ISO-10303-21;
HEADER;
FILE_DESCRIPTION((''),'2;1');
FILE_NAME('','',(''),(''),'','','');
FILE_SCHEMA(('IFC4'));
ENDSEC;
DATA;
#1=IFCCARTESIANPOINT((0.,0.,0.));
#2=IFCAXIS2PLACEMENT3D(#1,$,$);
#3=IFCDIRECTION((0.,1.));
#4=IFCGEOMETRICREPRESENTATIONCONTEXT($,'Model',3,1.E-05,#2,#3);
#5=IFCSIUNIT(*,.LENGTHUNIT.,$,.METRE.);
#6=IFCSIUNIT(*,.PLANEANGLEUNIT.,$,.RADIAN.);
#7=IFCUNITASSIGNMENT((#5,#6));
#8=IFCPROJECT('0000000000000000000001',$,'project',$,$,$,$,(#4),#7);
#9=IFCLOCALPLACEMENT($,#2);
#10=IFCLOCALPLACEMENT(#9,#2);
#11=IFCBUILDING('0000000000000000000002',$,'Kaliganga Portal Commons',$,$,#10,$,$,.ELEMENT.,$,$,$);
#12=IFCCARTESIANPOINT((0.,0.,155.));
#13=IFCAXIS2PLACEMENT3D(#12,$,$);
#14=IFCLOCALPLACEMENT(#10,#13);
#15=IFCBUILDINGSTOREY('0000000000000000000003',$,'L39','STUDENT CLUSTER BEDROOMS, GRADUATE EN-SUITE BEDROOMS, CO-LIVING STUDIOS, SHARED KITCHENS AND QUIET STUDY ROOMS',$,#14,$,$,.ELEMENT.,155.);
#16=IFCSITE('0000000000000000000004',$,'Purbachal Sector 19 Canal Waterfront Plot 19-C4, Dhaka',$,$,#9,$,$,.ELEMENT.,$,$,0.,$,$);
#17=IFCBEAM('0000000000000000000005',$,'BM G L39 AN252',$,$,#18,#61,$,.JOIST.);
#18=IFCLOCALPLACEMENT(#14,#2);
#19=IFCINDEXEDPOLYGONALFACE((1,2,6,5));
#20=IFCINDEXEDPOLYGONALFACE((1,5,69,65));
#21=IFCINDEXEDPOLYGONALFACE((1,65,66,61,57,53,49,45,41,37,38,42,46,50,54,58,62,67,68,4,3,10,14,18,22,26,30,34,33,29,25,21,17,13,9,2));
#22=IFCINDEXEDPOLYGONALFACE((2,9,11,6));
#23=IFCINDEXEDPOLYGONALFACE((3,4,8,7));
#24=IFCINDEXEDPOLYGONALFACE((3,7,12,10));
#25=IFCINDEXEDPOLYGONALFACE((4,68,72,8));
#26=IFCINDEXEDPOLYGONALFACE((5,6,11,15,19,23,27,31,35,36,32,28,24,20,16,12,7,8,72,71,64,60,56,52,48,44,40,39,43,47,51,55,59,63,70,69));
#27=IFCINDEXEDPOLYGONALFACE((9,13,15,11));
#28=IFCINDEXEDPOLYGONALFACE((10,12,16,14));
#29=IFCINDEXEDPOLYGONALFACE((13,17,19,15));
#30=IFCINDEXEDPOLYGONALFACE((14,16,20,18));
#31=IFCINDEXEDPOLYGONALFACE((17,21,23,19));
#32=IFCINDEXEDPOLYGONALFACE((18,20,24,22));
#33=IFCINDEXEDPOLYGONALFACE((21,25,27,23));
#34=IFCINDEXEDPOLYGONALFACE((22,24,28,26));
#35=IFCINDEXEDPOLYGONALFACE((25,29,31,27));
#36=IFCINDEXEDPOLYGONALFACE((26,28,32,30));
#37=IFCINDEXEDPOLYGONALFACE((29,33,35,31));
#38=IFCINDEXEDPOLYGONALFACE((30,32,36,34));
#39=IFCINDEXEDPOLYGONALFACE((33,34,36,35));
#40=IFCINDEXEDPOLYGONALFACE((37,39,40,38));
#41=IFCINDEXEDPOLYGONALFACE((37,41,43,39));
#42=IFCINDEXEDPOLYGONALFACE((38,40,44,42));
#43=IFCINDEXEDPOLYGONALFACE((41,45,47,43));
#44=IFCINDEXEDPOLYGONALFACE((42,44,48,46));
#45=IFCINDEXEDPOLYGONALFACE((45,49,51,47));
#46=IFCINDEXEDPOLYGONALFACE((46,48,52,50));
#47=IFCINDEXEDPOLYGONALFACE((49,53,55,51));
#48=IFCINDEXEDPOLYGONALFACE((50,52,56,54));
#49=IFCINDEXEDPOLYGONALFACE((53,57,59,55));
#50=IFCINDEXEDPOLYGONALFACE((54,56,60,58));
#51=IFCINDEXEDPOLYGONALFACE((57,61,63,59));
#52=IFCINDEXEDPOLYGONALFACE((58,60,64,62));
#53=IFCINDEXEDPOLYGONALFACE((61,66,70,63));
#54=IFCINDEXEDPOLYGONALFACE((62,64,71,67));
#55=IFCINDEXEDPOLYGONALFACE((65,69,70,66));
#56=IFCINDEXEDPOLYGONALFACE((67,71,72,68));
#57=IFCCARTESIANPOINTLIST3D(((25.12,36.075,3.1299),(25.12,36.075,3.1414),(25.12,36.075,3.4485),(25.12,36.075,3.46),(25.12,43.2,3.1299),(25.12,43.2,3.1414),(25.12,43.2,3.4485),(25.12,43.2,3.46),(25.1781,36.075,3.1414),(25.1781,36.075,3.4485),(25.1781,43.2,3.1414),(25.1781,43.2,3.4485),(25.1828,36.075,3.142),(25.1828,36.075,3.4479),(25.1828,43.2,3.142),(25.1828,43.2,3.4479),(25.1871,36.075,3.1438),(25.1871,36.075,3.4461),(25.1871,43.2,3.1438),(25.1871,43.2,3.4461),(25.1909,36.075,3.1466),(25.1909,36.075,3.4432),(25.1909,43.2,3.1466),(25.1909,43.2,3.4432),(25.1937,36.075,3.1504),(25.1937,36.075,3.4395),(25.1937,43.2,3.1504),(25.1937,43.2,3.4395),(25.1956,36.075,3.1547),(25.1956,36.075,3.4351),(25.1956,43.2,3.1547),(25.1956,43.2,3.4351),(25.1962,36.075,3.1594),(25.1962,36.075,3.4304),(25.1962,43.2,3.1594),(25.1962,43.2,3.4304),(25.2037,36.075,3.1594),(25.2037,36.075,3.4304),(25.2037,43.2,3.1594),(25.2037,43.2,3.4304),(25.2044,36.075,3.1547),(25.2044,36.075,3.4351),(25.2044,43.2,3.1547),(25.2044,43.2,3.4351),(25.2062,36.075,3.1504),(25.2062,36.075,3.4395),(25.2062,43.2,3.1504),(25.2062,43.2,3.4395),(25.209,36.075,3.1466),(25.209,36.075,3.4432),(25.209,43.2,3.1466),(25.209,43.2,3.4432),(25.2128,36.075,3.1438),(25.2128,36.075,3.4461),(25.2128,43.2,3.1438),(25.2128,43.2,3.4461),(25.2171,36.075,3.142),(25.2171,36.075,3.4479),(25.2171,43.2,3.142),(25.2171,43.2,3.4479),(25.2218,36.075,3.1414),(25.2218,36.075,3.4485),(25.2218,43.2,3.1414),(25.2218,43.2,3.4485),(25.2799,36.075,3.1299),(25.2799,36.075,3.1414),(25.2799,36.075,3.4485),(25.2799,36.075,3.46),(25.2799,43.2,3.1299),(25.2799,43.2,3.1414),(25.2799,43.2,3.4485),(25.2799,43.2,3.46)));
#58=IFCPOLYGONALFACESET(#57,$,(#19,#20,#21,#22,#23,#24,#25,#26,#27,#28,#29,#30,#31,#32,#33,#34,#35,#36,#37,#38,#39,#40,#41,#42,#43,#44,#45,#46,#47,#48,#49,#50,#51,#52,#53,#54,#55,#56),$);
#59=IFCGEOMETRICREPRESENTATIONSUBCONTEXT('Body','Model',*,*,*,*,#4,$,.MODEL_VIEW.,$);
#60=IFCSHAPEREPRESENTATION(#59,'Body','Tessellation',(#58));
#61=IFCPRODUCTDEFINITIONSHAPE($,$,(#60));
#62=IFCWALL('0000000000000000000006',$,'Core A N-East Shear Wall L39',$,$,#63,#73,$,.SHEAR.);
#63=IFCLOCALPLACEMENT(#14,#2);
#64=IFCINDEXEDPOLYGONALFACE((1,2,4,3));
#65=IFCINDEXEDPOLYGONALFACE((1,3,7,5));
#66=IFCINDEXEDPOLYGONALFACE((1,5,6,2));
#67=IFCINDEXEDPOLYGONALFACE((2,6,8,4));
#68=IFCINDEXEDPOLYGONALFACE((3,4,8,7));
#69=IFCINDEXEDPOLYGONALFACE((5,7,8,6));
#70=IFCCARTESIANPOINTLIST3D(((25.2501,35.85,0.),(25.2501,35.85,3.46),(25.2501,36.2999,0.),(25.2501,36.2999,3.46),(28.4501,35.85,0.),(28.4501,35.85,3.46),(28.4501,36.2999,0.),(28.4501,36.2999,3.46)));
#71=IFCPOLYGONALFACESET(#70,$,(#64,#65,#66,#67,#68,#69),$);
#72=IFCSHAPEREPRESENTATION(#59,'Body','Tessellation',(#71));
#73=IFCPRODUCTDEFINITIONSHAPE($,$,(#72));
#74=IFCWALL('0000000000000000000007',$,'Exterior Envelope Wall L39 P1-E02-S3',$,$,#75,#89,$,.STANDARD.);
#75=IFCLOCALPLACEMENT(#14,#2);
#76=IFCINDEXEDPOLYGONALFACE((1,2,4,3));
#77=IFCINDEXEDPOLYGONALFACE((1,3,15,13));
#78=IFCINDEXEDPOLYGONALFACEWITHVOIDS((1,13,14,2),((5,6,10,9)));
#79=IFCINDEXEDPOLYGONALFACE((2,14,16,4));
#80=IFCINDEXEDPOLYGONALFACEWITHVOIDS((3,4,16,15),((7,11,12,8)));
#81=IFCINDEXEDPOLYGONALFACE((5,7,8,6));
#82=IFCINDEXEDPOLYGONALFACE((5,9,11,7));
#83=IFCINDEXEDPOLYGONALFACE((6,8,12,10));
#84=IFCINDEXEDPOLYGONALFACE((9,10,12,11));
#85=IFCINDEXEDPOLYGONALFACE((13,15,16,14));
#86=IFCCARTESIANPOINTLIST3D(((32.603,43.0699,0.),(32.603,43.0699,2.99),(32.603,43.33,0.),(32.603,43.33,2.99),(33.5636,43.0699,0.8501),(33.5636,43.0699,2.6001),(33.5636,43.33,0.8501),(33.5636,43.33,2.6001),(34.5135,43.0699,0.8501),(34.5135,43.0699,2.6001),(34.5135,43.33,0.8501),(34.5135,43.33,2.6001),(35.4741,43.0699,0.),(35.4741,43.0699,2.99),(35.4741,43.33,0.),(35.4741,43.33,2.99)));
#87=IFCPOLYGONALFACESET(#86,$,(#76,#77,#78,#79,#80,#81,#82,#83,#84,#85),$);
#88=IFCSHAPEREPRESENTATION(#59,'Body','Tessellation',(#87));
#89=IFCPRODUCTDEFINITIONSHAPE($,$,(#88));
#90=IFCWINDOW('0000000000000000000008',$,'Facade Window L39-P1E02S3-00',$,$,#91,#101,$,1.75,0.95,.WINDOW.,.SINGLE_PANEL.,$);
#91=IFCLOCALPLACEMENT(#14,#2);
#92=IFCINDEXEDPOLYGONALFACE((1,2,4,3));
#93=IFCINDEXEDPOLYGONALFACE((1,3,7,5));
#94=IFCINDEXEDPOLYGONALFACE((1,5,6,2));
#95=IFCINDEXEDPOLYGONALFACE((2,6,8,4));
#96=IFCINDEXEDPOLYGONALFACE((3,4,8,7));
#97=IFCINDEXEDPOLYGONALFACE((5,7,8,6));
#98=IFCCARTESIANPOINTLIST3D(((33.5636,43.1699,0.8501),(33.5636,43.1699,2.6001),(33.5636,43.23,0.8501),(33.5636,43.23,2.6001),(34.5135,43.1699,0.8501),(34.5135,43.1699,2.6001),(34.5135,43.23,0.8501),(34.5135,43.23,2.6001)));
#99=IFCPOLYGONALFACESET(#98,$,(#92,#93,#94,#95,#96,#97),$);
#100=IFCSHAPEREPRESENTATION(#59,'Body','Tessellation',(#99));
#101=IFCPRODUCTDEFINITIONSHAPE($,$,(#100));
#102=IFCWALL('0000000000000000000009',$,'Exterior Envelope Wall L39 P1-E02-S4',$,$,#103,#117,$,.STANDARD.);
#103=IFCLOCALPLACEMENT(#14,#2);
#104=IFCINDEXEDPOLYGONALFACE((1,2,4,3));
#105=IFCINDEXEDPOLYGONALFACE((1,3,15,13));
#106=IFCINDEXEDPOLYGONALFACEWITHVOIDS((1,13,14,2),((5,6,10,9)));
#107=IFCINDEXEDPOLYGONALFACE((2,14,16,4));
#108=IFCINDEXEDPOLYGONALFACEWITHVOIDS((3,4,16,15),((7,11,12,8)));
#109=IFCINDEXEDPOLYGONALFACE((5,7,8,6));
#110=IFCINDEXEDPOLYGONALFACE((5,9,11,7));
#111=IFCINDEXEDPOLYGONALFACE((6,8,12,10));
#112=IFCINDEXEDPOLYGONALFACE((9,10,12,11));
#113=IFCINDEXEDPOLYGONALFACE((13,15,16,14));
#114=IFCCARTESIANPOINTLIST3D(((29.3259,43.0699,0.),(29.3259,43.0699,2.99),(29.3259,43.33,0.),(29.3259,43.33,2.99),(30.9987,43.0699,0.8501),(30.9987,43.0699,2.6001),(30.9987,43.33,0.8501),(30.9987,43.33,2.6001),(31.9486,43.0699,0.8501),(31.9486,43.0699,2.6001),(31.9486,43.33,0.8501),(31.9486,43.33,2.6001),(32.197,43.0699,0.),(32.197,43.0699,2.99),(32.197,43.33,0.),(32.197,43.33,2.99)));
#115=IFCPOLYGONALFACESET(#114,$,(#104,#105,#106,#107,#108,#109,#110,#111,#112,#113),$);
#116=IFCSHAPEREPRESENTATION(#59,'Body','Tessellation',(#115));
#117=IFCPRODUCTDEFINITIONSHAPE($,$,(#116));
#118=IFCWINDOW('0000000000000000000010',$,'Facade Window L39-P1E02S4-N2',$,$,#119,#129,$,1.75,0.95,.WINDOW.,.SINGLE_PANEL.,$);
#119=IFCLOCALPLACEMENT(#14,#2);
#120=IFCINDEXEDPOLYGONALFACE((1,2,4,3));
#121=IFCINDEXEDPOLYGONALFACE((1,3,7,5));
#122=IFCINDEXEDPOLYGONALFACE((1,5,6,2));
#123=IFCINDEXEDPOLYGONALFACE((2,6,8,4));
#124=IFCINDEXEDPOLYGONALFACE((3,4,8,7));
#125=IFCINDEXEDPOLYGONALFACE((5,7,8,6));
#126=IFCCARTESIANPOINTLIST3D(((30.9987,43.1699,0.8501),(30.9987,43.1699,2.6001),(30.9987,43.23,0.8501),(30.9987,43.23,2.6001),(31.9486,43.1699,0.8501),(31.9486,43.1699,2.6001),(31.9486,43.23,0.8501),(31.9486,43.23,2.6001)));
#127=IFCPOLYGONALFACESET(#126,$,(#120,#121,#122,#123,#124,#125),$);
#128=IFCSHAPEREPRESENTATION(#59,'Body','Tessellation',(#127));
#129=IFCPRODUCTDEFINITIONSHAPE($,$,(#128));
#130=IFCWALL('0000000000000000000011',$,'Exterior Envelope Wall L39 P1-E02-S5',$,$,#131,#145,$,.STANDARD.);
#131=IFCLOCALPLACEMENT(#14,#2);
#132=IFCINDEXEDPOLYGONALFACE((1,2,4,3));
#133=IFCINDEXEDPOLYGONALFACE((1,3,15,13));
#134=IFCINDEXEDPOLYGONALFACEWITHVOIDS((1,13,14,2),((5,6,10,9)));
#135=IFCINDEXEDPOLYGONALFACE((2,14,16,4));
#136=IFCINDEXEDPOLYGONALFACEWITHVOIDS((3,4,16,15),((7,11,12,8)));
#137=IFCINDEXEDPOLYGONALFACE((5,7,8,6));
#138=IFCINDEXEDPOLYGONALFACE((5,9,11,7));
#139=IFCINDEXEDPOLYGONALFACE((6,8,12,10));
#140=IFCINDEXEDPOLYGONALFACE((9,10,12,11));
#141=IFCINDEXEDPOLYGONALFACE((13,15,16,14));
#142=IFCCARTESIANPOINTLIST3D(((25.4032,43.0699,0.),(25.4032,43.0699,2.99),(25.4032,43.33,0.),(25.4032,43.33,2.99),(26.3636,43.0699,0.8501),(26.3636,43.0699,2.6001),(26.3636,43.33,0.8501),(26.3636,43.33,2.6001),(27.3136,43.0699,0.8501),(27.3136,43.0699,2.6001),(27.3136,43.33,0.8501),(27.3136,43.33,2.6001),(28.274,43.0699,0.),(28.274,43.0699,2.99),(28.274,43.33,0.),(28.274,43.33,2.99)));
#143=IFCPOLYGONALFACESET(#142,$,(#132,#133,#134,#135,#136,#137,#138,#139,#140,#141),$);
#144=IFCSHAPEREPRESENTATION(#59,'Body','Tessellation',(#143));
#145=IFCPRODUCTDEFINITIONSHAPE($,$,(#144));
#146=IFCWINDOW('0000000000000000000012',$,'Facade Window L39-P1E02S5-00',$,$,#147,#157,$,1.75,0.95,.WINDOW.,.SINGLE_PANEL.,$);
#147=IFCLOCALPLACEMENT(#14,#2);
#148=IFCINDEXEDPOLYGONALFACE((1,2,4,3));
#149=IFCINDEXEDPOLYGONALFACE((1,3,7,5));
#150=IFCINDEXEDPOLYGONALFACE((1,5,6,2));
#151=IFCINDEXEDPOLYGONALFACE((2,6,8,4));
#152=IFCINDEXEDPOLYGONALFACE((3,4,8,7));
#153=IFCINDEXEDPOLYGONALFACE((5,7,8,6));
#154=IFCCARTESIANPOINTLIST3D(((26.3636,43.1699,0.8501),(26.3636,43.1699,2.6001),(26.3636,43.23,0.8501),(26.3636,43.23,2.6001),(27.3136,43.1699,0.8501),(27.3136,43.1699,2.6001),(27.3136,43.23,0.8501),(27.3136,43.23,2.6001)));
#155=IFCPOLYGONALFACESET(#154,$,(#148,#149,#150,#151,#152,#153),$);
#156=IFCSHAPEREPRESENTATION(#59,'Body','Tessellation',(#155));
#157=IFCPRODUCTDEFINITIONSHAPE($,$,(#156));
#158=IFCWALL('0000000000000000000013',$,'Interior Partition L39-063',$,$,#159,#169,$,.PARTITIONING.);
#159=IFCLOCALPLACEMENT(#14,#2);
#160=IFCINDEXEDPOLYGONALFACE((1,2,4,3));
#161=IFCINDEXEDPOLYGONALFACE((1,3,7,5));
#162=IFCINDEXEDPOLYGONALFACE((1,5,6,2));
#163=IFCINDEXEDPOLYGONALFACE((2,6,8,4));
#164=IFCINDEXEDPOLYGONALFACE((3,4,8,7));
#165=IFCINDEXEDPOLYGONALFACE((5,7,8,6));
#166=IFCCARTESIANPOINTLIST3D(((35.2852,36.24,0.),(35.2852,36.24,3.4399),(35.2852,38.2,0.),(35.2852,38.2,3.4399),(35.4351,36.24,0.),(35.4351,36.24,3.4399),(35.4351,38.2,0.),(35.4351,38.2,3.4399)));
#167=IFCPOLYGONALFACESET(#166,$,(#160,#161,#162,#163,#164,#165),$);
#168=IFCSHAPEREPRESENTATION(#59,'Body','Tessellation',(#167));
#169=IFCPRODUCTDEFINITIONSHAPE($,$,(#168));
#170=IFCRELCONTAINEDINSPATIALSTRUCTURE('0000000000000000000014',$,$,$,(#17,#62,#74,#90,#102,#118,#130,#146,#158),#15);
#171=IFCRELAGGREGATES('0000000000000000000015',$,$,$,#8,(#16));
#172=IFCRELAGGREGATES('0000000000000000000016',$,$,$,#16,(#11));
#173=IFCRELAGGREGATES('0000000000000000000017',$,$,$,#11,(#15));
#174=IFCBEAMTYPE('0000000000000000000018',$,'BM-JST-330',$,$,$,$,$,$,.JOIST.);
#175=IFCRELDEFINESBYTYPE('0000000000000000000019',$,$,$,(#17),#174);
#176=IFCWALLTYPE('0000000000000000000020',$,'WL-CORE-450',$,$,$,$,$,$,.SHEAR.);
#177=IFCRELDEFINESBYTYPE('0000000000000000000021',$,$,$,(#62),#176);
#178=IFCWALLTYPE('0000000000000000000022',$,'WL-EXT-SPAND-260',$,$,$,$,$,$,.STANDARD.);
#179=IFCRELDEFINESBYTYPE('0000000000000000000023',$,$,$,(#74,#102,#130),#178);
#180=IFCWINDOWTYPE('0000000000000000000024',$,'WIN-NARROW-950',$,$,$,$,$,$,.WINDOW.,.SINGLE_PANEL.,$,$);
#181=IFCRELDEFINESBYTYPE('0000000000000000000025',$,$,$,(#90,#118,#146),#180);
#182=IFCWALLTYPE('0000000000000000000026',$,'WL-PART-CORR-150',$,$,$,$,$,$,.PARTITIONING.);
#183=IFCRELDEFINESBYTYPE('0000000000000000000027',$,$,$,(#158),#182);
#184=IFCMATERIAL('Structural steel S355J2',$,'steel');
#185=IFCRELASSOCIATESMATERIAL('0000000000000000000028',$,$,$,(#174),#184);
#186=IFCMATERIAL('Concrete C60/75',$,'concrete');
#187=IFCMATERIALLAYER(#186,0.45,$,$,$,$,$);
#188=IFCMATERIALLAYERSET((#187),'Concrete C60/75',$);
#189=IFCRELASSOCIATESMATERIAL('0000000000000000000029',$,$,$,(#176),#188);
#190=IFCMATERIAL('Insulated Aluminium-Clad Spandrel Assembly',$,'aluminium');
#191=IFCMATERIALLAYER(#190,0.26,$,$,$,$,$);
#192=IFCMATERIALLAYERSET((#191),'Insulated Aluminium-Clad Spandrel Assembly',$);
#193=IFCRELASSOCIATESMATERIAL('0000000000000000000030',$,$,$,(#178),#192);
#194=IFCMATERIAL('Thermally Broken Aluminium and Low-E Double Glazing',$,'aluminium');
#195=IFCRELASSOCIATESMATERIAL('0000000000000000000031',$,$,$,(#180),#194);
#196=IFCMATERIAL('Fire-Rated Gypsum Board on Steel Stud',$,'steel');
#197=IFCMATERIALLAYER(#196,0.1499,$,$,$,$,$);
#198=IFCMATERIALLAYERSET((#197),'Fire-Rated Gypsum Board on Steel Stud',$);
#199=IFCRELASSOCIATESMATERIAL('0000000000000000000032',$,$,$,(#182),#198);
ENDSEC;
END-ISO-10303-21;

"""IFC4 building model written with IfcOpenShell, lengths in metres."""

from ifc_helpers import new_model, si_unit, direction, frame, frame_2d, origin, origin_2d, place, context, subcontext, project, spatial, rectangle, i_section, extrude, source, transform, mapped, material, layer, layer_set, material_profile, profile_set, type_object, element, fill, save


model = new_model("IFC4")

# Units and contexts
model_context = context("Model", 3, precision=1e-05, world=origin(), true_north=direction((0.0, 1.0)))
body_context = subcontext(model_context, "Body", "Model", "MODEL_VIEW")
ifc_project = project(units=[si_unit("LENGTHUNIT", "METRE"), si_unit("PLANEANGLEUNIT", "RADIAN")], contexts=[model_context])

# Site, building, storey
site_placement = place(None, origin())
site = spatial("IfcSite", under=ifc_project, at=site_placement, Name="Purbachal Sector 19 Canal Waterfront Plot 19-C4, Dhaka", CompositionType="ELEMENT", RefElevation=0.0)
building_placement = place(site_placement, origin())
building = spatial("IfcBuilding", under=site, at=building_placement, Name="Kaliganga Portal Commons", CompositionType="ELEMENT")
storey_placement = place(building_placement, frame((0.0, 0.0, 155.0)))
storey = spatial("IfcBuildingStorey", under=building, at=storey_placement, Name="L39", Description="STUDENT CLUSTER BEDROOMS, GRADUATE EN-SUITE BEDROOMS, CO-LIVING STUDIOS, SHARED KITCHENS AND QUIET STUDY ROOMS", CompositionType="ELEMENT", Elevation=155.0)

# Shared definitions
ifc_material_1 = material(Name="Concrete C60/75", Category="concrete")

# Beam
ifc_material_2 = material(Name="Structural steel S355J2", Category="steel")
ifc_material_profile_1 = material_profile(ifc_material_2, i_section(OverallWidth=0.1599, OverallDepth=0.3301, WebThickness=0.0076, FlangeThickness=0.0115, FilletRadius=0.0181, at=origin_2d()), Name="IPE 330")
ifc_profile_set_1 = profile_set([ifc_material_profile_1], Name="Structural steel S355J2 wide-flange")
beam_type_1 = type_object("IfcBeamType", Name="BM-JST-330", PredefinedType="JOIST", material=ifc_profile_set_1)
shared_shape_1 = source(origin(), body_context, "Body", "SweptSolid", [
    extrude(i_section(OverallWidth=0.1599, OverallDepth=0.3301, WebThickness=0.0076, FlangeThickness=0.0115, FilletRadius=0.0181, at=origin_2d()), origin(), (0.0, 0.0, 1.0), 7.125),
])
beam_1_placement = place(storey_placement, frame((25.2, 36.075, 3.2949), z_axis=(0.0, 1.0, 0.0), x_axis=(-1.0, 0.0, 0.0)))
element("IfcBeam", 1, at=beam_1_placement, inside=storey, type_object=beam_type_1, Name="BM G L39 AN252", PredefinedType="JOIST", context=body_context, shape_type="MappedRepresentation", body=[
    mapped(shared_shape_1, transform((0.0, 0.0, 0.0), x_axis=(1.0, 0.0, 0.0), y_axis=(0.0, 1.0, 0.0), z_axis=(0.0, 0.0, 1.0), scale=1.0)),
])

# Wall
ifc_layer_1 = layer(ifc_material_1, 0.45)
ifc_layer_set_1 = layer_set([ifc_layer_1], Name="Concrete C60/75")
wall_type_1 = type_object("IfcWallType", Name="WL-CORE-450", PredefinedType="SHEAR", material=ifc_layer_set_1)
wall_1_placement = place(storey_placement, frame((25.25, 36.075, 0.0), z_axis=(0.0, 0.0, 1.0), x_axis=(1.0, 0.0, 0.0)))
element("IfcWall", 2, at=wall_1_placement, inside=storey, type_object=wall_type_1, Name="Core A N-East Shear Wall L39", PredefinedType="SHEAR", context=body_context, shape_type="SweptSolid", body=[
    extrude(rectangle(XDim=3.2, YDim=0.45, at=frame_2d((1.6001, 0.0))), origin(), (0.0, 0.0, 1.0), 3.46),
])

# Walls, openings, windows
ifc_material_3 = material(Name="Insulated Aluminium-Clad Spandrel Assembly", Category="aluminium")
ifc_layer_2 = layer(ifc_material_3, 0.26)
ifc_layer_set_2 = layer_set([ifc_layer_2], Name="Insulated Aluminium-Clad Spandrel Assembly")
wall_type_2 = type_object("IfcWallType", Name="WL-EXT-SPAND-260", PredefinedType="STANDARD", material=ifc_layer_set_2)
wall_2_placement = place(storey_placement, frame((32.603, 43.2, 0.0), z_axis=(0.0, 0.0, 1.0), x_axis=(1.0, 0.0, 0.0)))
wall_2 = element("IfcWall", 3, at=wall_2_placement, inside=storey, type_object=wall_type_2, Name="Exterior Envelope Wall L39 P1-E02-S3", PredefinedType="STANDARD", context=body_context, shape_type="SweptSolid", body=[
    extrude(rectangle(XDim=2.8711, YDim=0.26, at=frame_2d((1.4355, 0.0))), origin(), (0.0, 0.0, 1.0), 2.99),
])
opening_1_placement = place(wall_2_placement, frame((0.9604, 0.0, 0.8501)))
opening_1 = element("IfcOpeningElement", 4, at=opening_1_placement, cuts=wall_2, PredefinedType="OPENING", context=body_context, shape_type="SweptSolid", body=[
    extrude(rectangle(XDim=0.95, YDim=1.75, at=frame_2d((0.4751, 0.875))), frame((0.0, 0.1401, 0.0), z_axis=(0.0, -1.0, 0.0), x_axis=(1.0, 0.0, 0.0)), (0.0, 0.0, 1.0), 0.28),
])
ifc_material_4 = material(Name="Thermally Broken Aluminium and Low-E Double Glazing", Category="aluminium")
window_type = type_object("IfcWindowType", Name="WIN-NARROW-950", PartitioningType="SINGLE_PANEL", PredefinedType="WINDOW", material=ifc_material_4)
window_1_placement = place(opening_1_placement, origin())
window_1 = element("IfcWindow", 5, at=window_1_placement, inside=storey, type_object=window_type, Name="Facade Window L39-P1E02S3-00", OverallHeight=1.75, OverallWidth=0.95, PartitioningType="SINGLE_PANEL", PredefinedType="WINDOW", context=body_context, shape_type="SweptSolid", body=[
    extrude(rectangle(XDim=0.95, YDim=1.75, at=frame_2d((0.4751, 0.875))), frame((0.0, 0.03, 0.0), z_axis=(0.0, -1.0, 0.0), x_axis=(1.0, 0.0, 0.0)), (0.0, 0.0, 1.0), 0.0601),
])
fill(opening_1, window_1)
wall_3_placement = place(storey_placement, frame((29.3259, 43.2, 0.0), z_axis=(0.0, 0.0, 1.0), x_axis=(1.0, 0.0, 0.0)))
wall_3 = element("IfcWall", 6, at=wall_3_placement, inside=storey, type_object=wall_type_2, Name="Exterior Envelope Wall L39 P1-E02-S4", PredefinedType="STANDARD", context=body_context, shape_type="SweptSolid", body=[
    extrude(rectangle(XDim=2.8711, YDim=0.26, at=frame_2d((1.4355, 0.0))), origin(), (0.0, 0.0, 1.0), 2.99),
])
opening_2_placement = place(wall_3_placement, frame((1.6726, 0.0, 0.8501)))
opening_2 = element("IfcOpeningElement", 7, at=opening_2_placement, cuts=wall_3, PredefinedType="OPENING", context=body_context, shape_type="SweptSolid", body=[
    extrude(rectangle(XDim=0.95, YDim=1.75, at=frame_2d((0.4751, 0.875))), frame((0.0, 0.1401, 0.0), z_axis=(0.0, -1.0, 0.0), x_axis=(1.0, 0.0, 0.0)), (0.0, 0.0, 1.0), 0.28),
])
window_2_placement = place(opening_2_placement, origin())
window_2 = element("IfcWindow", 8, at=window_2_placement, inside=storey, type_object=window_type, Name="Facade Window L39-P1E02S4-N2", OverallHeight=1.75, OverallWidth=0.95, PartitioningType="SINGLE_PANEL", PredefinedType="WINDOW", context=body_context, shape_type="SweptSolid", body=[
    extrude(rectangle(XDim=0.95, YDim=1.75, at=frame_2d((0.4751, 0.875))), frame((0.0, 0.03, 0.0), z_axis=(0.0, -1.0, 0.0), x_axis=(1.0, 0.0, 0.0)), (0.0, 0.0, 1.0), 0.0601),
])
fill(opening_2, window_2)
wall_4_placement = place(storey_placement, frame((25.4031, 43.2, 0.0), z_axis=(0.0, 0.0, 1.0), x_axis=(1.0, 0.0, 0.0)))
wall_4 = element("IfcWall", 9, at=wall_4_placement, inside=storey, type_object=wall_type_2, Name="Exterior Envelope Wall L39 P1-E02-S5", PredefinedType="STANDARD", context=body_context, shape_type="SweptSolid", body=[
    extrude(rectangle(XDim=2.8708, YDim=0.26, at=frame_2d((1.4355, 0.0))), origin(), (0.0, 0.0, 1.0), 2.99),
])
opening_3_placement = place(wall_4_placement, frame((0.9604, 0.0, 0.8501)))
opening_3 = element("IfcOpeningElement", 10, at=opening_3_placement, cuts=wall_4, PredefinedType="OPENING", context=body_context, shape_type="SweptSolid", body=[
    extrude(rectangle(XDim=0.95, YDim=1.75, at=frame_2d((0.4751, 0.875))), frame((0.0, 0.1401, 0.0), z_axis=(0.0, -1.0, 0.0), x_axis=(1.0, 0.0, 0.0)), (0.0, 0.0, 1.0), 0.28),
])
window_3_placement = place(opening_3_placement, origin())
window_3 = element("IfcWindow", 11, at=window_3_placement, inside=storey, type_object=window_type, Name="Facade Window L39-P1E02S5-00", OverallHeight=1.75, OverallWidth=0.95, PartitioningType="SINGLE_PANEL", PredefinedType="WINDOW", context=body_context, shape_type="SweptSolid", body=[
    extrude(rectangle(XDim=0.95, YDim=1.75, at=frame_2d((0.4751, 0.875))), frame((0.0, 0.03, 0.0), z_axis=(0.0, -1.0, 0.0), x_axis=(1.0, 0.0, 0.0)), (0.0, 0.0, 1.0), 0.0601),
])
fill(opening_3, window_3)

# Shared definitions
ifc_material_5 = material(Name="Fire-Rated Gypsum Board on Steel Stud", Category="steel")
ifc_layer_3 = layer(ifc_material_5, 0.1499)
ifc_layer_set_3 = layer_set([ifc_layer_3], Name="Fire-Rated Gypsum Board on Steel Stud")
wall_type_3 = type_object("IfcWallType", Name="WL-PART-CORR-150", PredefinedType="PARTITIONING", material=ifc_layer_set_3)

# Wall
wall_5_placement = place(storey_placement, frame((35.3601, 36.24, 0.0), z_axis=(0.0, 0.0, 1.0), x_axis=(0.0, 1.0, 0.0)))
element("IfcWall", 12, at=wall_5_placement, inside=storey, type_object=wall_type_3, Name="Interior Partition L39-063", PredefinedType="PARTITIONING", context=body_context, shape_type="SweptSolid", body=[
    extrude(rectangle(XDim=1.96, YDim=0.1499, at=frame_2d((0.98, 0.0))), origin(), (0.0, 0.0, 1.0), 3.4399),
])

save(model, "model.ifc")
